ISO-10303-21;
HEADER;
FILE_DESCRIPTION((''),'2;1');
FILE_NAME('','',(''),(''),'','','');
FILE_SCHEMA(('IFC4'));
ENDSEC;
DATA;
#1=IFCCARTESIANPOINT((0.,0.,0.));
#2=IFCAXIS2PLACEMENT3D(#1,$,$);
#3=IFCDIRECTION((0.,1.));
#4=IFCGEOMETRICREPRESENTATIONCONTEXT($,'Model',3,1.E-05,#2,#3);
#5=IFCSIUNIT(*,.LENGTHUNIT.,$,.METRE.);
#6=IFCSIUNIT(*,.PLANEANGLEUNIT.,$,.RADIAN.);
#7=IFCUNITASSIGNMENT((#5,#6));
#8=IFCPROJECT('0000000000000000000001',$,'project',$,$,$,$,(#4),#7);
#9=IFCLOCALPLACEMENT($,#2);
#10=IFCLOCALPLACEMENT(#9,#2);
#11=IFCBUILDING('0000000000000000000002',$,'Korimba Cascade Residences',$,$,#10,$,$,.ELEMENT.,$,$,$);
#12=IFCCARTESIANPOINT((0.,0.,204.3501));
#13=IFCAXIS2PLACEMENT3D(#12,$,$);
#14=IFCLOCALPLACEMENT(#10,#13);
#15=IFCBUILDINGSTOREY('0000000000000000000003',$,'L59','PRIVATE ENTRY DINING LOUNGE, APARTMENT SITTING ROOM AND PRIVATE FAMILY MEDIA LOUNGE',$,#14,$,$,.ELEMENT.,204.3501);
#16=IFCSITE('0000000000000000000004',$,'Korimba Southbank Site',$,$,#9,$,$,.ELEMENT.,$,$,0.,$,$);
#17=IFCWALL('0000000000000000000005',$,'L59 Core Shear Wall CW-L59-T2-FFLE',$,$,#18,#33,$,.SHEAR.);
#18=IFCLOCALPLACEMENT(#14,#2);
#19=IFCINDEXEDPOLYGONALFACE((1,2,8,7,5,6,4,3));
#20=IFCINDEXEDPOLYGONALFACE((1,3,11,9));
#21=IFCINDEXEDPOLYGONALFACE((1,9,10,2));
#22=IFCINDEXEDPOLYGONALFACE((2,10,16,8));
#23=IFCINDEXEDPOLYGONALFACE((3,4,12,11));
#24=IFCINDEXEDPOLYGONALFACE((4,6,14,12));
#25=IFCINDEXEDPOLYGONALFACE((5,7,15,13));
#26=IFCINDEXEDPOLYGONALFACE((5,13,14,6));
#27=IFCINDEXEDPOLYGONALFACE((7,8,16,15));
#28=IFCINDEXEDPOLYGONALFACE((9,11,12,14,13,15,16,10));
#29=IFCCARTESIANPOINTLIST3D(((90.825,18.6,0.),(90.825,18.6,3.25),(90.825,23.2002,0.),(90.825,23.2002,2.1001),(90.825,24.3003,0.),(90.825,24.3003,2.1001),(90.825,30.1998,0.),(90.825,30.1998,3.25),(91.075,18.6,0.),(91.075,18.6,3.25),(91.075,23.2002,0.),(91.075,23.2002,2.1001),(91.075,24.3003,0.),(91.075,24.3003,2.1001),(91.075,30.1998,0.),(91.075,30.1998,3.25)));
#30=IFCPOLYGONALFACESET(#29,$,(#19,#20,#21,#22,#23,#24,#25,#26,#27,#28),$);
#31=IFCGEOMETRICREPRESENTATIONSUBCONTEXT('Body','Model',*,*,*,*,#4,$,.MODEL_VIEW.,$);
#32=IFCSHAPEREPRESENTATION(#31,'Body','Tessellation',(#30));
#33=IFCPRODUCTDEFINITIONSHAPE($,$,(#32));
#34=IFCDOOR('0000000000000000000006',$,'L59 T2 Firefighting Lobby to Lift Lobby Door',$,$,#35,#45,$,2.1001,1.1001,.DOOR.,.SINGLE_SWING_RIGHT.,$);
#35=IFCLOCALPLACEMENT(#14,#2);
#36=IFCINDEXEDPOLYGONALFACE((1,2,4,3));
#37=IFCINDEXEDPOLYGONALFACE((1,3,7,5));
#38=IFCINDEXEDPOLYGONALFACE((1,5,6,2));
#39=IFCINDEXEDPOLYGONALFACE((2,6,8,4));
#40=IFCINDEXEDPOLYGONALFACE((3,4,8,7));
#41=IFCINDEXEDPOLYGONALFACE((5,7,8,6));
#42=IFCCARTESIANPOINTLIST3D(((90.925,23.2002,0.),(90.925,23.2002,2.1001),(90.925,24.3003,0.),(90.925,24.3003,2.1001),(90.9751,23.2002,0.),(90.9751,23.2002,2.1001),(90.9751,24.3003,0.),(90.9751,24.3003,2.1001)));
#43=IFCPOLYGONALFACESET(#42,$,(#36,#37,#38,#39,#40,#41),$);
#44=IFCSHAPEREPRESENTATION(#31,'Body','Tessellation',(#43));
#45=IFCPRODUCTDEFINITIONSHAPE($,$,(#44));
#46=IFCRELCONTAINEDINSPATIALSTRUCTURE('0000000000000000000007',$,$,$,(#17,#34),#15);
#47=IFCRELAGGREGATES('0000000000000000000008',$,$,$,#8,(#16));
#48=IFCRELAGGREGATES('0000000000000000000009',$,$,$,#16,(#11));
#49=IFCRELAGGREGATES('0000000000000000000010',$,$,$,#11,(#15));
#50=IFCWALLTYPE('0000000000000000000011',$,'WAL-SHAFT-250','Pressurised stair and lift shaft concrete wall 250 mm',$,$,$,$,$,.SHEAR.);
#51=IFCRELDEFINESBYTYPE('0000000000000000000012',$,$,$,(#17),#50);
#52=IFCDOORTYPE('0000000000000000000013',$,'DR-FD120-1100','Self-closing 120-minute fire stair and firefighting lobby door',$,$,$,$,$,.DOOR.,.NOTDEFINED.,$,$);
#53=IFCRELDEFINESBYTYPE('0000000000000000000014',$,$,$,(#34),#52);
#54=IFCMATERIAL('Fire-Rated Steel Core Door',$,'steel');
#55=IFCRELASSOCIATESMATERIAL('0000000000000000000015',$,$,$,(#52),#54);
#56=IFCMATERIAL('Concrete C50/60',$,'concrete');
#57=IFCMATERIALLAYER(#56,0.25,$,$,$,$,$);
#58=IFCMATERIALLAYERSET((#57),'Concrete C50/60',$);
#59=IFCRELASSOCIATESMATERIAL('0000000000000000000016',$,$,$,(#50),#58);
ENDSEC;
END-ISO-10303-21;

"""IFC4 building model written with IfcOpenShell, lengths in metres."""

from ifc_helpers import new_model, si_unit, direction, frame, frame_2d, origin, place, context, subcontext, project, spatial, rectangle, extrude, material, layer, layer_set, type_object, element, fill, save


model = new_model("IFC4")

# Units and contexts
model_context = context("Model", 3, precision=1e-05, world=origin(), true_north=direction((0.0, 1.0)))
body_context = subcontext(model_context, "Body", "Model", "MODEL_VIEW")
ifc_project = project(units=[si_unit("LENGTHUNIT", "METRE"), si_unit("PLANEANGLEUNIT", "RADIAN")], contexts=[model_context])

# Site, building, storey
site_placement = place(None, origin())
site = spatial("IfcSite", under=ifc_project, at=site_placement, Name="Korimba Southbank Site", CompositionType="ELEMENT", RefElevation=0.0)
building_placement = place(site_placement, origin())
building = spatial("IfcBuilding", under=site, at=building_placement, Name="Korimba Cascade Residences", CompositionType="ELEMENT")
storey_placement = place(building_placement, frame((0.0, 0.0, 204.3501)))
storey = spatial("IfcBuildingStorey", under=building, at=storey_placement, Name="L59", Description="PRIVATE ENTRY DINING LOUNGE, APARTMENT SITTING ROOM AND PRIVATE FAMILY MEDIA LOUNGE", CompositionType="ELEMENT", Elevation=204.3501)

# Shared definitions
ifc_material_1 = material(Name="Concrete C50/60", Category="concrete")

# Shared definitions
ifc_material_2 = material(Name="Fire-Rated Steel Core Door", Category="steel")
door_type_1 = type_object("IfcDoorType", Name="DR-FD120-1100", Description="Self-closing 120-minute fire stair and firefighting lobby door", OperationType="NOTDEFINED", PredefinedType="DOOR", material=ifc_material_2)

# Shared definitions
ifc_layer_1 = layer(ifc_material_1, 0.25)
ifc_layer_set_1 = layer_set([ifc_layer_1], Name="Concrete C50/60")
wall_type_1 = type_object("IfcWallType", Name="WAL-SHAFT-250", Description="Pressurised stair and lift shaft concrete wall 250 mm", PredefinedType="SHEAR", material=ifc_layer_set_1)

# Wall, opening, door
wall_1_placement = place(storey_placement, frame((90.95, 18.6001, 0.0), z_axis=(0.0, 0.0, 1.0), x_axis=(0.0, 1.0, 0.0)))
wall_1 = element("IfcWall", 1, at=wall_1_placement, inside=storey, type_object=wall_type_1, Name="L59 Core Shear Wall CW-L59-T2-FFLE", PredefinedType="SHEAR", context=body_context, shape_type="SweptSolid", body=[
    extrude(rectangle(XDim=11.5999, YDim=0.25, at=frame_2d((5.7998, 0.0))), origin(), (0.0, 0.0, 1.0), 3.25),
])
opening_1_placement = place(wall_1_placement, frame((4.6001, 0.0, 0.0)))
opening_1 = element("IfcOpeningElement", 2, at=opening_1_placement, cuts=wall_1, PredefinedType="OPENING", context=body_context, shape_type="SweptSolid", body=[
    extrude(rectangle(XDim=1.1001, YDim=2.1001, at=frame_2d((0.55, 1.05))), frame((0.0, 0.135, 0.0), z_axis=(0.0, -1.0, 0.0), x_axis=(1.0, 0.0, 0.0)), (0.0, 0.0, 1.0), 0.27),
])
door_1_placement = place(opening_1_placement, origin())
door_1 = element("IfcDoor", 3, at=door_1_placement, inside=storey, type_object=door_type_1, Name="L59 T2 Firefighting Lobby to Lift Lobby Door", OperationType="SINGLE_SWING_RIGHT", OverallHeight=2.1001, OverallWidth=1.1001, PredefinedType="DOOR", context=body_context, shape_type="SweptSolid", body=[
    extrude(rectangle(XDim=1.1001, YDim=2.1001, at=frame_2d((0.55, 1.05))), frame((0.0, 0.0249, 0.0), z_axis=(0.0, -1.0, 0.0), x_axis=(1.0, 0.0, 0.0)), (0.0, 0.0, 1.0), 0.05),
])
fill(opening_1, door_1)

save(model, "model.ifc")
